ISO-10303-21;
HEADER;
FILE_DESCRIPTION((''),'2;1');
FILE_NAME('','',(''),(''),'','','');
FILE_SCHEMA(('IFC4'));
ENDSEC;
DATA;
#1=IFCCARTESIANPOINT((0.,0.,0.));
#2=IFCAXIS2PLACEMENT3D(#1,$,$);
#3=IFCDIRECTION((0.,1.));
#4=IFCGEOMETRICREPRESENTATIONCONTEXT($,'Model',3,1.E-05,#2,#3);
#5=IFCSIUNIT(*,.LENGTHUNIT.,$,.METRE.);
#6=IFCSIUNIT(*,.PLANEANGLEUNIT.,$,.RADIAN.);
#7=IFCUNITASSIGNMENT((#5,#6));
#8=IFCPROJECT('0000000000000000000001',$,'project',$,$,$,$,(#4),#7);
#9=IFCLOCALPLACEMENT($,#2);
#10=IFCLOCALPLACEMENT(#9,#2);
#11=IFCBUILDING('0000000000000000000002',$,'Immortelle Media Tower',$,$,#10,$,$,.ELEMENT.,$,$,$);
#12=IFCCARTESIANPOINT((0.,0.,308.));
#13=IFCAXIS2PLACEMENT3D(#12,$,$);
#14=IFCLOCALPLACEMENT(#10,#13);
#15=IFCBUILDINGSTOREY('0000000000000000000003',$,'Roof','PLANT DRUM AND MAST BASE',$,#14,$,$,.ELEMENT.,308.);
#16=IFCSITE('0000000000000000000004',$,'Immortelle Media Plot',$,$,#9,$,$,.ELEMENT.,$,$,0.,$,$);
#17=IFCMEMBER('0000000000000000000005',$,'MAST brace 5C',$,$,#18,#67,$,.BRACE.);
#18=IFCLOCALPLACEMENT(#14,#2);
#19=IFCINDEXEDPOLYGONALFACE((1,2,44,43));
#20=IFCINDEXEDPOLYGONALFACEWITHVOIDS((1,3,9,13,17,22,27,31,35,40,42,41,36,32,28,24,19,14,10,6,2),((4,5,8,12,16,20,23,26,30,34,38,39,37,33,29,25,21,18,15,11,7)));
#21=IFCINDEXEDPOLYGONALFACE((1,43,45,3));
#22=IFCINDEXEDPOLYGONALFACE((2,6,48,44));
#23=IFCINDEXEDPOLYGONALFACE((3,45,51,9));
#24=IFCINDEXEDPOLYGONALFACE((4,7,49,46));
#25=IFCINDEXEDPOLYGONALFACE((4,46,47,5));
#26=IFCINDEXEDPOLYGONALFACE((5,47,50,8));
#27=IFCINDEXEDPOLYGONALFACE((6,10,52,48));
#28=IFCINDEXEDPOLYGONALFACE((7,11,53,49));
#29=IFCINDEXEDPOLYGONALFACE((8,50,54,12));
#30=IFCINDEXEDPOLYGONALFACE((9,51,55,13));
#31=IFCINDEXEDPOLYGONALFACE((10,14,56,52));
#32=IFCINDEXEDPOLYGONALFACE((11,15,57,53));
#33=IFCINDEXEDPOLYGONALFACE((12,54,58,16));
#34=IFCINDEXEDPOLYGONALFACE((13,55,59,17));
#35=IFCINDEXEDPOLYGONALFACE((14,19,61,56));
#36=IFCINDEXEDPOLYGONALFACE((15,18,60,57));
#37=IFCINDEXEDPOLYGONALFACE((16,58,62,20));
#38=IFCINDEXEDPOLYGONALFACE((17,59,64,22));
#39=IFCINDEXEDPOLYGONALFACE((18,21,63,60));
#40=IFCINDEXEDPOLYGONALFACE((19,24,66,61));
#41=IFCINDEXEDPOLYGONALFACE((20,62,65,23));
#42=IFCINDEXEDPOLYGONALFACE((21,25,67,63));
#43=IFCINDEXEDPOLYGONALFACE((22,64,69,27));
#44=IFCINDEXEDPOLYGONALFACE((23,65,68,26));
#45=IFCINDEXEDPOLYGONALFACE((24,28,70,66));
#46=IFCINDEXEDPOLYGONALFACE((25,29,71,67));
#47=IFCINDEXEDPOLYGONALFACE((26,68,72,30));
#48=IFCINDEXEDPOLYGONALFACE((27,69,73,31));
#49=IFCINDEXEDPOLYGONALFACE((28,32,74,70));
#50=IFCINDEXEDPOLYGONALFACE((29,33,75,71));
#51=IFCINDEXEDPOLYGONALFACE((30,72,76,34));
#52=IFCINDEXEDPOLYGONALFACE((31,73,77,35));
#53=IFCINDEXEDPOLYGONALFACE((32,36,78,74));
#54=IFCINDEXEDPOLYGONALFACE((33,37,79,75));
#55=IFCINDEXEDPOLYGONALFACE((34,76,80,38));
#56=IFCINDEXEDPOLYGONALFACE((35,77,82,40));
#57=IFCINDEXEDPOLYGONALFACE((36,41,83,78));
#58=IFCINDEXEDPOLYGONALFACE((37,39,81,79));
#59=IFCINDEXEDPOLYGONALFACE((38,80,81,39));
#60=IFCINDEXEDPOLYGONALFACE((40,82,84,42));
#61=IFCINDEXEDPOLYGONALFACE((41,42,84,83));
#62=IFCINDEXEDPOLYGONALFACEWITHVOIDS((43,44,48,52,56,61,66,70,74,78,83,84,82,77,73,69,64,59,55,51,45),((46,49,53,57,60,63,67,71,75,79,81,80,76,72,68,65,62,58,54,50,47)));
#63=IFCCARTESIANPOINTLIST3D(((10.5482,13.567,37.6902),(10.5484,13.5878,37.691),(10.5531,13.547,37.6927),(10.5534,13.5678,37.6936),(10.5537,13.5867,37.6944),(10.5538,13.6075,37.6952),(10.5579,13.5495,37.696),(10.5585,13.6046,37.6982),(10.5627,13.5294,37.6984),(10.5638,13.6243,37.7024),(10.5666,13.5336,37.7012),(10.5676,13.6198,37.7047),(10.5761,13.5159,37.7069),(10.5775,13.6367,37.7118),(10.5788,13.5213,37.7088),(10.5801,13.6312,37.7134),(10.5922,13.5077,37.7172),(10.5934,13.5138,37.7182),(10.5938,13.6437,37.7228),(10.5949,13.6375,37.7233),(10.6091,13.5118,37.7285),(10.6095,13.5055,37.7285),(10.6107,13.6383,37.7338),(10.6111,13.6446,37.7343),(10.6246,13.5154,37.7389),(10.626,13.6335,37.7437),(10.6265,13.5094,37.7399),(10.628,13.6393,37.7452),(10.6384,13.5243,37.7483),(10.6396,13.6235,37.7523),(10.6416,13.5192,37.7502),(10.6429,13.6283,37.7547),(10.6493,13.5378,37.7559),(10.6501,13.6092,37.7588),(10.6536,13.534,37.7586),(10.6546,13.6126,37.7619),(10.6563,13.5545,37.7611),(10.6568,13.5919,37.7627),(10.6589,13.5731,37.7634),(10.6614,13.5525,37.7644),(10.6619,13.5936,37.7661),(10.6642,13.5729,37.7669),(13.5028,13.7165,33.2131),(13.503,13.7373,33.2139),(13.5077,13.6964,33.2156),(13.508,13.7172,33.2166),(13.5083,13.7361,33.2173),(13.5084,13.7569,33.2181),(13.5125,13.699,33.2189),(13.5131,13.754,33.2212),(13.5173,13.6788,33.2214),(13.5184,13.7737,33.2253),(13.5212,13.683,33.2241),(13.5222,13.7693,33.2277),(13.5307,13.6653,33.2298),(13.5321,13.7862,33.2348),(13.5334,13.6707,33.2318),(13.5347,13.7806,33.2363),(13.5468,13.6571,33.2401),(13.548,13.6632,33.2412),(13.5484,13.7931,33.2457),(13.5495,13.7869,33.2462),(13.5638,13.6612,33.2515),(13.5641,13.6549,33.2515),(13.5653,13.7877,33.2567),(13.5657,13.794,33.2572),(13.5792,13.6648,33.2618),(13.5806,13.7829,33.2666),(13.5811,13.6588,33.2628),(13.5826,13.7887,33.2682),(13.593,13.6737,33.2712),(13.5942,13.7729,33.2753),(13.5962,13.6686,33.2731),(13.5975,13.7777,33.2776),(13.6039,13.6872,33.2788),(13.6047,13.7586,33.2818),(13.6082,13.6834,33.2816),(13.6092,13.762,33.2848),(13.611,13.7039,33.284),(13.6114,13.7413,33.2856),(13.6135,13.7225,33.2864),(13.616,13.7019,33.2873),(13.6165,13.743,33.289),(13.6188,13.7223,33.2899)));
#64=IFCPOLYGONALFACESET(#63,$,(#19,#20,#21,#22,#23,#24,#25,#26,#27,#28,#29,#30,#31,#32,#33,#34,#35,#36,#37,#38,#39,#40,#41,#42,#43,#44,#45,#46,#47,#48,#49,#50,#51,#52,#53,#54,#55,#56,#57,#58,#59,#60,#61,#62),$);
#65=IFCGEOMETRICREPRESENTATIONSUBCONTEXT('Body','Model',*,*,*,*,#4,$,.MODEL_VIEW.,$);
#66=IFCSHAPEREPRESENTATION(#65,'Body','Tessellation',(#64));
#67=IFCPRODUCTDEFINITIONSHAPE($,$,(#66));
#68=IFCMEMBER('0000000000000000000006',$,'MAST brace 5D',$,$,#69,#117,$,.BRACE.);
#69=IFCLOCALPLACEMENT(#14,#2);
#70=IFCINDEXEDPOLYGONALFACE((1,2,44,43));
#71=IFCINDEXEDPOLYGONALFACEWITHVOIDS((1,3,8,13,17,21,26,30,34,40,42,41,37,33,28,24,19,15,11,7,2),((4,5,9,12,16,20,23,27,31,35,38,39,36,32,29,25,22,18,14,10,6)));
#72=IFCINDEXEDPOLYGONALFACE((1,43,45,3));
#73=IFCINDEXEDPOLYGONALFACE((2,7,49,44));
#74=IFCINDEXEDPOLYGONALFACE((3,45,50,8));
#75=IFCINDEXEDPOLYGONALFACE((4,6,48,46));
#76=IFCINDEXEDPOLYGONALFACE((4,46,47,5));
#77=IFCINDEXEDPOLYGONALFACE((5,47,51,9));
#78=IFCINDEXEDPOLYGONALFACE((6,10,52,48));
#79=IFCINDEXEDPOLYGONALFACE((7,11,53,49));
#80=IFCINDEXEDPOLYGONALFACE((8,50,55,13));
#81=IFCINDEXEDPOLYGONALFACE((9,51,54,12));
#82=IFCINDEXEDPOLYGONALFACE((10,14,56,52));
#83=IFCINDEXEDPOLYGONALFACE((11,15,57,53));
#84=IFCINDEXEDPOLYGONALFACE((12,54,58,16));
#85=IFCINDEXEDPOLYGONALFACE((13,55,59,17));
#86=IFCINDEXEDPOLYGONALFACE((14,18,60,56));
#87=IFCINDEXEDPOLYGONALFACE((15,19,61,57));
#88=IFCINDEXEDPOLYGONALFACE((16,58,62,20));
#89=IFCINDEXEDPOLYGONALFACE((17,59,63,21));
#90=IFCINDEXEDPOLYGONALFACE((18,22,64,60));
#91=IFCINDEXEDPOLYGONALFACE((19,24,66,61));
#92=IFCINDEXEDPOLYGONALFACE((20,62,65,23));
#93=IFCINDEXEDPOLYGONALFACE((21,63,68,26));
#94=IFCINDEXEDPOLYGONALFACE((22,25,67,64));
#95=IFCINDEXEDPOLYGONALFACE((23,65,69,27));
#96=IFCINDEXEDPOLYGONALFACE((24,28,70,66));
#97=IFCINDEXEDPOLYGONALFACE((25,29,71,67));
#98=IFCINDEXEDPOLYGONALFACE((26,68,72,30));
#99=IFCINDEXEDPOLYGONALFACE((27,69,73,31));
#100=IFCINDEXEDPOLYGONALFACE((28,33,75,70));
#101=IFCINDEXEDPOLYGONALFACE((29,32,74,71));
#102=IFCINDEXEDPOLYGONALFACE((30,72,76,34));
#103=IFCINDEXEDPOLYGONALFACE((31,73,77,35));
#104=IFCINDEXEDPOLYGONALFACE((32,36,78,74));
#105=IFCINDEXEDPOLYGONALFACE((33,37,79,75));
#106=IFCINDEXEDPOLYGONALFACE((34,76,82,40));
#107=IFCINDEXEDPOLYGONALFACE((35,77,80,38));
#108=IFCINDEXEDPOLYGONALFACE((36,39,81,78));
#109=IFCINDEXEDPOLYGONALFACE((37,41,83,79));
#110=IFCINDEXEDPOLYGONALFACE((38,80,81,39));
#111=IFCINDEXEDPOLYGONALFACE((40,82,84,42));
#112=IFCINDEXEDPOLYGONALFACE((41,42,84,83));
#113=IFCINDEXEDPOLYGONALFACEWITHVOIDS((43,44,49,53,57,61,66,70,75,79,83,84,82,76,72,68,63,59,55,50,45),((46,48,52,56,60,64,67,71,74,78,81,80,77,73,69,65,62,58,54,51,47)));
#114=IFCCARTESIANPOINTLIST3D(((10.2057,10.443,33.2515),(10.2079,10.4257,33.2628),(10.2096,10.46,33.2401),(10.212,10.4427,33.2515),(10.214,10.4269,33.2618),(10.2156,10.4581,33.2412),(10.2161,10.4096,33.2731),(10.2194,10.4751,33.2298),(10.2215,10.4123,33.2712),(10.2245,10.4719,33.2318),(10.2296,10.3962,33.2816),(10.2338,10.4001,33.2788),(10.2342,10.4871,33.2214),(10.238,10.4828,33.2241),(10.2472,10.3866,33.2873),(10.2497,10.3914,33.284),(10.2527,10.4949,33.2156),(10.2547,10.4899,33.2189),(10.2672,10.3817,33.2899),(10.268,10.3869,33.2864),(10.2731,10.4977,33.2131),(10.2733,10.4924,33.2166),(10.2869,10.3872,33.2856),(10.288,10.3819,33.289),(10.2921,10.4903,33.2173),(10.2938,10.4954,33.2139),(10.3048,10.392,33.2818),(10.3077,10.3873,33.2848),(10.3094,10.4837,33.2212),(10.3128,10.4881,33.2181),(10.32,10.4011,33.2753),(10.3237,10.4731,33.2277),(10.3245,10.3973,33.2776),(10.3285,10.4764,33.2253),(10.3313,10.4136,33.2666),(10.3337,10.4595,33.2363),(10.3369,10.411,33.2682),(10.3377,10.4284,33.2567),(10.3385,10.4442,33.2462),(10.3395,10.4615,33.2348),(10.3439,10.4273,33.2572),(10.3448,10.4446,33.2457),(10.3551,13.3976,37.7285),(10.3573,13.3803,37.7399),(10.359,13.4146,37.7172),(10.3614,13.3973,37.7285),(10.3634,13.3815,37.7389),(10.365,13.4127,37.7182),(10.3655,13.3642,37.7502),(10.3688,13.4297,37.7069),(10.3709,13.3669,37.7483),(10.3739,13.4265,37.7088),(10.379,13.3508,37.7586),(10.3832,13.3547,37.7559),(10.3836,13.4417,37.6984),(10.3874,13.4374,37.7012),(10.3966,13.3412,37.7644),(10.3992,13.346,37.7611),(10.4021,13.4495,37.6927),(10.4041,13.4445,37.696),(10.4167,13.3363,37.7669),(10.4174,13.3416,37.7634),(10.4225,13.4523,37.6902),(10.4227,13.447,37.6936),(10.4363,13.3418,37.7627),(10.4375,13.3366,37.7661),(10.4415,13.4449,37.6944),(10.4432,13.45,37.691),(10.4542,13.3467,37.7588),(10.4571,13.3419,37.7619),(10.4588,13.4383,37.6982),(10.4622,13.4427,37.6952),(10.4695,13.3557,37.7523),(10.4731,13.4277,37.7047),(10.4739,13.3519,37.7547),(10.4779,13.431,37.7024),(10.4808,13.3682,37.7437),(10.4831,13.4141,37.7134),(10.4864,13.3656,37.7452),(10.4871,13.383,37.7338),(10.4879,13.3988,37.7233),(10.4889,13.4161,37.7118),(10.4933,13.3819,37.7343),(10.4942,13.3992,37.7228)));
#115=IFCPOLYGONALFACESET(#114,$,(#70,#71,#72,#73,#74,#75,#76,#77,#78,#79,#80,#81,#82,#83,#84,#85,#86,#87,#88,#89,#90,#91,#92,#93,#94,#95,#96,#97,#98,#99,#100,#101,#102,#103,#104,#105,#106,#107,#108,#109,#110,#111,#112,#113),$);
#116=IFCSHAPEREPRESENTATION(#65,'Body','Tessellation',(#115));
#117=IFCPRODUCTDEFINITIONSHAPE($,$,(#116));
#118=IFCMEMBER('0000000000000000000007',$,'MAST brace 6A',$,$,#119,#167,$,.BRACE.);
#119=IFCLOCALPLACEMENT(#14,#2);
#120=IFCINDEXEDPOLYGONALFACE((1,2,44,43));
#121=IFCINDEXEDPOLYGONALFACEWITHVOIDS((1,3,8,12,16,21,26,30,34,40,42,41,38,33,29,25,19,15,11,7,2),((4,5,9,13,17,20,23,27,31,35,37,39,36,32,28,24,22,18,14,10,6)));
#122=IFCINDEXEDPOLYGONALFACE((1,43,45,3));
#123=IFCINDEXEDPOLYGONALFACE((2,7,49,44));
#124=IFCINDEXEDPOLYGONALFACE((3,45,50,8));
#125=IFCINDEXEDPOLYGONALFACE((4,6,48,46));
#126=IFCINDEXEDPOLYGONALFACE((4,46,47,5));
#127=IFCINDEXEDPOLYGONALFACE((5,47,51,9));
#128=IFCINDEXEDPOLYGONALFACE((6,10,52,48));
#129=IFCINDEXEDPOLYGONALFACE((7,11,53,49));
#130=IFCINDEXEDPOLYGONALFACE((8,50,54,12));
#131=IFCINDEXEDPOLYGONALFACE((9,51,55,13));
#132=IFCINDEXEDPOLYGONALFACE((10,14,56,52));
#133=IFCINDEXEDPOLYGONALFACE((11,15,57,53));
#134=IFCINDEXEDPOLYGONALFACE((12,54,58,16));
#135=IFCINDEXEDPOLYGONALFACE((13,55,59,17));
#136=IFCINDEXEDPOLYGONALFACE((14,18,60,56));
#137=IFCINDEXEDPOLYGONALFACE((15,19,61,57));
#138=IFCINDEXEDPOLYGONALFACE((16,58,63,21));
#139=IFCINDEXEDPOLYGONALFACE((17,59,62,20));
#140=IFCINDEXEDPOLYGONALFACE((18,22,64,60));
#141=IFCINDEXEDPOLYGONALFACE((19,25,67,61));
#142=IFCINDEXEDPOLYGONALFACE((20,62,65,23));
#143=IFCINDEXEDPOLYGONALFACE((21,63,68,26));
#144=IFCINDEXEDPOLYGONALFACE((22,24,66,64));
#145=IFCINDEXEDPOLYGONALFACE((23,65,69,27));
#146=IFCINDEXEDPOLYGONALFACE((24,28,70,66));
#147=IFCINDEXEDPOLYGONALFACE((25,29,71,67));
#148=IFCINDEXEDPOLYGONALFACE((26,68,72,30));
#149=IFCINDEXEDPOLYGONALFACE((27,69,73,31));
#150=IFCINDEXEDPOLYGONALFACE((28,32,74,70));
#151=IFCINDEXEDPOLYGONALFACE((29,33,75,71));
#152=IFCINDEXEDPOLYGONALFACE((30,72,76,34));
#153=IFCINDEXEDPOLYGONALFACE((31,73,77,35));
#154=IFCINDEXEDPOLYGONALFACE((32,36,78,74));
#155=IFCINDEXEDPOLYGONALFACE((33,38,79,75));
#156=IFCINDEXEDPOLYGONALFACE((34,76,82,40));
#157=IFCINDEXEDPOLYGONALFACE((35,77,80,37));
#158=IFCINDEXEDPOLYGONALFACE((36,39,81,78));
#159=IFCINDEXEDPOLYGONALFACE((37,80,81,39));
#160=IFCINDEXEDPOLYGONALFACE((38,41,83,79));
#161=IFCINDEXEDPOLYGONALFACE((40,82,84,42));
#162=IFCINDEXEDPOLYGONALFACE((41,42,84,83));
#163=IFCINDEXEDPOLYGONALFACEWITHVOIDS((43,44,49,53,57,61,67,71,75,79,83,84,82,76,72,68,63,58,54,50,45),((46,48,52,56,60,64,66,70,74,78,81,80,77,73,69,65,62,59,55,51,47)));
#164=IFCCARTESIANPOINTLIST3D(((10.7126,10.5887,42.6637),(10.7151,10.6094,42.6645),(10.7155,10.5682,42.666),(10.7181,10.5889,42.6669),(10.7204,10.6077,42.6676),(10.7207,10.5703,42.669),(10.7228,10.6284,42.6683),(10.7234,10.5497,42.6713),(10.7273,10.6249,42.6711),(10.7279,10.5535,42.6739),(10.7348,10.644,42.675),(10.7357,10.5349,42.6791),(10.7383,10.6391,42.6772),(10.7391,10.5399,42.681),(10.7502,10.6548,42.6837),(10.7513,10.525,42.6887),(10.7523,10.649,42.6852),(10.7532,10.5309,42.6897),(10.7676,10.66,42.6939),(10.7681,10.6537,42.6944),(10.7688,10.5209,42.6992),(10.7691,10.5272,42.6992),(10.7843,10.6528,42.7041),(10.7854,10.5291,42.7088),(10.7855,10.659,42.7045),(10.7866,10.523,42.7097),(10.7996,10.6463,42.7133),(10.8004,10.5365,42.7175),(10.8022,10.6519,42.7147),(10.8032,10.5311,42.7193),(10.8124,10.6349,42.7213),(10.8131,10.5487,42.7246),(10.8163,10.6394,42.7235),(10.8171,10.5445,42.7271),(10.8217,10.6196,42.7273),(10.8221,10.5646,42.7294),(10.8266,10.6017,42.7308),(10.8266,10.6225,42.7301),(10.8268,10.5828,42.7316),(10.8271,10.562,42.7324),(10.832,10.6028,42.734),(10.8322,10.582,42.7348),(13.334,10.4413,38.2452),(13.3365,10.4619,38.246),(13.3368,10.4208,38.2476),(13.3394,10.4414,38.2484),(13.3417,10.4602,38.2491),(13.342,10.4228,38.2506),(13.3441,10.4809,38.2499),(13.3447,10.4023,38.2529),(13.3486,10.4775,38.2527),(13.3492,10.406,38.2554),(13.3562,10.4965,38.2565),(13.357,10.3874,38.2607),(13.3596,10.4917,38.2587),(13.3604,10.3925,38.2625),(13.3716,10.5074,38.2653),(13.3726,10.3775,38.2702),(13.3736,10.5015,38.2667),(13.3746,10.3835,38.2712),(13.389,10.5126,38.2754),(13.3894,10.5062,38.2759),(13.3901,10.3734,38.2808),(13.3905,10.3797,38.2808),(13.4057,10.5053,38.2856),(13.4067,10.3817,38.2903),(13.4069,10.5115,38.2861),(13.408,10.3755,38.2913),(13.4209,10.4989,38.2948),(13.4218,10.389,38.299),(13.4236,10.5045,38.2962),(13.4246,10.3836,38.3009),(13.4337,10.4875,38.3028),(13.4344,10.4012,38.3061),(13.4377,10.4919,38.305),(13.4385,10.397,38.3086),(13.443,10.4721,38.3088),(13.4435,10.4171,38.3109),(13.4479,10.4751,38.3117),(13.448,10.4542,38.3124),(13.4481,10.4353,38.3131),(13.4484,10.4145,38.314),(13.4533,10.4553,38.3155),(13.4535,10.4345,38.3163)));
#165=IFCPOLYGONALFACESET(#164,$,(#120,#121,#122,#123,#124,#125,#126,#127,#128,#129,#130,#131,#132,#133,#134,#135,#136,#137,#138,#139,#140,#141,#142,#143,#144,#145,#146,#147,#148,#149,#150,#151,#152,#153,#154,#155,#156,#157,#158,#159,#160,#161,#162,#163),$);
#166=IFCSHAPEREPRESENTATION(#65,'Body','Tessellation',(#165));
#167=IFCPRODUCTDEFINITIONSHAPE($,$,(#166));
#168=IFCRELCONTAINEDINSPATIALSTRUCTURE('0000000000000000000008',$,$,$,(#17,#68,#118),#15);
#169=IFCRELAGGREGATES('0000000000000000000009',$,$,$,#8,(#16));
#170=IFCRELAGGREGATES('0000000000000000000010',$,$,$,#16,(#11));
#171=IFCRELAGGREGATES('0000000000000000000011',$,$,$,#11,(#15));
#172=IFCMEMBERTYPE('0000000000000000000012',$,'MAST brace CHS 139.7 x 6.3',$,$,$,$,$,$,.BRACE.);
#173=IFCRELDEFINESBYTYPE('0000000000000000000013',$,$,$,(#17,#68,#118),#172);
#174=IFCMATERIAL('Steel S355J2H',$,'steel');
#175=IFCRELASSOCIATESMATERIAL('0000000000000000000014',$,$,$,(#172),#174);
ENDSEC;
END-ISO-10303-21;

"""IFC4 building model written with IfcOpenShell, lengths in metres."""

from ifc_helpers import new_model, si_unit, direction, frame, origin, origin_2d, place, context, subcontext, project, spatial, hollow_circle, extrude, material, material_profile, profile_set, type_object, element, save


model = new_model("IFC4")

# Units and contexts
model_context = context("Model", 3, precision=1e-05, world=origin(), true_north=direction((0.0, 1.0)))
body_context = subcontext(model_context, "Body", "Model", "MODEL_VIEW")
ifc_project = project(units=[si_unit("LENGTHUNIT", "METRE"), si_unit("PLANEANGLEUNIT", "RADIAN")], contexts=[model_context])

# Site, building, storey
site_placement = place(None, origin())
site = spatial("IfcSite", under=ifc_project, at=site_placement, Name="Immortelle Media Plot", CompositionType="ELEMENT", RefElevation=0.0)
building_placement = place(site_placement, origin())
building = spatial("IfcBuilding", under=site, at=building_placement, Name="Immortelle Media Tower", CompositionType="ELEMENT")
storey_placement = place(building_placement, frame((0.0, 0.0, 308.0)))
storey = spatial("IfcBuildingStorey", under=building, at=storey_placement, Name="Roof", Description="PLANT DRUM AND MAST BASE", CompositionType="ELEMENT", Elevation=308.0)

# Members
ifc_material_1 = material(Name="Steel S355J2H", Category="steel")
ifc_material_profile_1 = material_profile(ifc_material_1, hollow_circle(Radius=0.0698, WallThickness=0.0063, at=origin_2d()), Name="CHS 139.7 x 6.3")
ifc_profile_set_1 = profile_set([ifc_material_profile_1], Name="Steel S355J2H")
member_type = type_object("IfcMemberType", Name="MAST brace CHS 139.7 x 6.3", PredefinedType="BRACE", material=ifc_profile_set_1)
for number, where, z_axis, x_axis, name in (
    (1, (13.5605, 13.7246, 33.2515), (-0.550594, -0.027844, 0.834308), (0.050506, -0.998724, 0.0), "MAST brace 5C"),
    (2, (10.2754, 10.4395, 33.2515), (0.027844, 0.550594, 0.834308), (-0.998724, 0.050506, 0.0), "MAST brace 5D"),
):
    element("IfcMember", number, at=place(storey_placement, frame(where, z_axis=z_axis, x_axis=x_axis)), inside=storey, type_object=member_type, Name=name, PredefinedType="BRACE", context=body_context, shape_type="SweptSolid", body=[
        extrude(hollow_circle(Radius=0.0698, WallThickness=0.0063, at=origin_2d()), origin(), (0.0, 0.0, 1.0), 5.3662),
    ])
for number, where, z_axis, x_axis, name in (
    (3, (13.394, 10.4431, 38.2808), (-0.510023, 0.028691, 0.859682), (-0.056165, -0.998421, 0.0), "MAST brace 6A"),
):
    element("IfcMember", number, at=place(storey_placement, frame(where, z_axis=z_axis, x_axis=x_axis)), inside=storey, type_object=member_type, Name=name, PredefinedType="BRACE", context=body_context, shape_type="SweptSolid", body=[
        extrude(hollow_circle(Radius=0.0698, WallThickness=0.0063, at=origin_2d()), origin(), (0.0, 0.0, 1.0), 5.1396),
    ])

save(model, "model.ifc")
